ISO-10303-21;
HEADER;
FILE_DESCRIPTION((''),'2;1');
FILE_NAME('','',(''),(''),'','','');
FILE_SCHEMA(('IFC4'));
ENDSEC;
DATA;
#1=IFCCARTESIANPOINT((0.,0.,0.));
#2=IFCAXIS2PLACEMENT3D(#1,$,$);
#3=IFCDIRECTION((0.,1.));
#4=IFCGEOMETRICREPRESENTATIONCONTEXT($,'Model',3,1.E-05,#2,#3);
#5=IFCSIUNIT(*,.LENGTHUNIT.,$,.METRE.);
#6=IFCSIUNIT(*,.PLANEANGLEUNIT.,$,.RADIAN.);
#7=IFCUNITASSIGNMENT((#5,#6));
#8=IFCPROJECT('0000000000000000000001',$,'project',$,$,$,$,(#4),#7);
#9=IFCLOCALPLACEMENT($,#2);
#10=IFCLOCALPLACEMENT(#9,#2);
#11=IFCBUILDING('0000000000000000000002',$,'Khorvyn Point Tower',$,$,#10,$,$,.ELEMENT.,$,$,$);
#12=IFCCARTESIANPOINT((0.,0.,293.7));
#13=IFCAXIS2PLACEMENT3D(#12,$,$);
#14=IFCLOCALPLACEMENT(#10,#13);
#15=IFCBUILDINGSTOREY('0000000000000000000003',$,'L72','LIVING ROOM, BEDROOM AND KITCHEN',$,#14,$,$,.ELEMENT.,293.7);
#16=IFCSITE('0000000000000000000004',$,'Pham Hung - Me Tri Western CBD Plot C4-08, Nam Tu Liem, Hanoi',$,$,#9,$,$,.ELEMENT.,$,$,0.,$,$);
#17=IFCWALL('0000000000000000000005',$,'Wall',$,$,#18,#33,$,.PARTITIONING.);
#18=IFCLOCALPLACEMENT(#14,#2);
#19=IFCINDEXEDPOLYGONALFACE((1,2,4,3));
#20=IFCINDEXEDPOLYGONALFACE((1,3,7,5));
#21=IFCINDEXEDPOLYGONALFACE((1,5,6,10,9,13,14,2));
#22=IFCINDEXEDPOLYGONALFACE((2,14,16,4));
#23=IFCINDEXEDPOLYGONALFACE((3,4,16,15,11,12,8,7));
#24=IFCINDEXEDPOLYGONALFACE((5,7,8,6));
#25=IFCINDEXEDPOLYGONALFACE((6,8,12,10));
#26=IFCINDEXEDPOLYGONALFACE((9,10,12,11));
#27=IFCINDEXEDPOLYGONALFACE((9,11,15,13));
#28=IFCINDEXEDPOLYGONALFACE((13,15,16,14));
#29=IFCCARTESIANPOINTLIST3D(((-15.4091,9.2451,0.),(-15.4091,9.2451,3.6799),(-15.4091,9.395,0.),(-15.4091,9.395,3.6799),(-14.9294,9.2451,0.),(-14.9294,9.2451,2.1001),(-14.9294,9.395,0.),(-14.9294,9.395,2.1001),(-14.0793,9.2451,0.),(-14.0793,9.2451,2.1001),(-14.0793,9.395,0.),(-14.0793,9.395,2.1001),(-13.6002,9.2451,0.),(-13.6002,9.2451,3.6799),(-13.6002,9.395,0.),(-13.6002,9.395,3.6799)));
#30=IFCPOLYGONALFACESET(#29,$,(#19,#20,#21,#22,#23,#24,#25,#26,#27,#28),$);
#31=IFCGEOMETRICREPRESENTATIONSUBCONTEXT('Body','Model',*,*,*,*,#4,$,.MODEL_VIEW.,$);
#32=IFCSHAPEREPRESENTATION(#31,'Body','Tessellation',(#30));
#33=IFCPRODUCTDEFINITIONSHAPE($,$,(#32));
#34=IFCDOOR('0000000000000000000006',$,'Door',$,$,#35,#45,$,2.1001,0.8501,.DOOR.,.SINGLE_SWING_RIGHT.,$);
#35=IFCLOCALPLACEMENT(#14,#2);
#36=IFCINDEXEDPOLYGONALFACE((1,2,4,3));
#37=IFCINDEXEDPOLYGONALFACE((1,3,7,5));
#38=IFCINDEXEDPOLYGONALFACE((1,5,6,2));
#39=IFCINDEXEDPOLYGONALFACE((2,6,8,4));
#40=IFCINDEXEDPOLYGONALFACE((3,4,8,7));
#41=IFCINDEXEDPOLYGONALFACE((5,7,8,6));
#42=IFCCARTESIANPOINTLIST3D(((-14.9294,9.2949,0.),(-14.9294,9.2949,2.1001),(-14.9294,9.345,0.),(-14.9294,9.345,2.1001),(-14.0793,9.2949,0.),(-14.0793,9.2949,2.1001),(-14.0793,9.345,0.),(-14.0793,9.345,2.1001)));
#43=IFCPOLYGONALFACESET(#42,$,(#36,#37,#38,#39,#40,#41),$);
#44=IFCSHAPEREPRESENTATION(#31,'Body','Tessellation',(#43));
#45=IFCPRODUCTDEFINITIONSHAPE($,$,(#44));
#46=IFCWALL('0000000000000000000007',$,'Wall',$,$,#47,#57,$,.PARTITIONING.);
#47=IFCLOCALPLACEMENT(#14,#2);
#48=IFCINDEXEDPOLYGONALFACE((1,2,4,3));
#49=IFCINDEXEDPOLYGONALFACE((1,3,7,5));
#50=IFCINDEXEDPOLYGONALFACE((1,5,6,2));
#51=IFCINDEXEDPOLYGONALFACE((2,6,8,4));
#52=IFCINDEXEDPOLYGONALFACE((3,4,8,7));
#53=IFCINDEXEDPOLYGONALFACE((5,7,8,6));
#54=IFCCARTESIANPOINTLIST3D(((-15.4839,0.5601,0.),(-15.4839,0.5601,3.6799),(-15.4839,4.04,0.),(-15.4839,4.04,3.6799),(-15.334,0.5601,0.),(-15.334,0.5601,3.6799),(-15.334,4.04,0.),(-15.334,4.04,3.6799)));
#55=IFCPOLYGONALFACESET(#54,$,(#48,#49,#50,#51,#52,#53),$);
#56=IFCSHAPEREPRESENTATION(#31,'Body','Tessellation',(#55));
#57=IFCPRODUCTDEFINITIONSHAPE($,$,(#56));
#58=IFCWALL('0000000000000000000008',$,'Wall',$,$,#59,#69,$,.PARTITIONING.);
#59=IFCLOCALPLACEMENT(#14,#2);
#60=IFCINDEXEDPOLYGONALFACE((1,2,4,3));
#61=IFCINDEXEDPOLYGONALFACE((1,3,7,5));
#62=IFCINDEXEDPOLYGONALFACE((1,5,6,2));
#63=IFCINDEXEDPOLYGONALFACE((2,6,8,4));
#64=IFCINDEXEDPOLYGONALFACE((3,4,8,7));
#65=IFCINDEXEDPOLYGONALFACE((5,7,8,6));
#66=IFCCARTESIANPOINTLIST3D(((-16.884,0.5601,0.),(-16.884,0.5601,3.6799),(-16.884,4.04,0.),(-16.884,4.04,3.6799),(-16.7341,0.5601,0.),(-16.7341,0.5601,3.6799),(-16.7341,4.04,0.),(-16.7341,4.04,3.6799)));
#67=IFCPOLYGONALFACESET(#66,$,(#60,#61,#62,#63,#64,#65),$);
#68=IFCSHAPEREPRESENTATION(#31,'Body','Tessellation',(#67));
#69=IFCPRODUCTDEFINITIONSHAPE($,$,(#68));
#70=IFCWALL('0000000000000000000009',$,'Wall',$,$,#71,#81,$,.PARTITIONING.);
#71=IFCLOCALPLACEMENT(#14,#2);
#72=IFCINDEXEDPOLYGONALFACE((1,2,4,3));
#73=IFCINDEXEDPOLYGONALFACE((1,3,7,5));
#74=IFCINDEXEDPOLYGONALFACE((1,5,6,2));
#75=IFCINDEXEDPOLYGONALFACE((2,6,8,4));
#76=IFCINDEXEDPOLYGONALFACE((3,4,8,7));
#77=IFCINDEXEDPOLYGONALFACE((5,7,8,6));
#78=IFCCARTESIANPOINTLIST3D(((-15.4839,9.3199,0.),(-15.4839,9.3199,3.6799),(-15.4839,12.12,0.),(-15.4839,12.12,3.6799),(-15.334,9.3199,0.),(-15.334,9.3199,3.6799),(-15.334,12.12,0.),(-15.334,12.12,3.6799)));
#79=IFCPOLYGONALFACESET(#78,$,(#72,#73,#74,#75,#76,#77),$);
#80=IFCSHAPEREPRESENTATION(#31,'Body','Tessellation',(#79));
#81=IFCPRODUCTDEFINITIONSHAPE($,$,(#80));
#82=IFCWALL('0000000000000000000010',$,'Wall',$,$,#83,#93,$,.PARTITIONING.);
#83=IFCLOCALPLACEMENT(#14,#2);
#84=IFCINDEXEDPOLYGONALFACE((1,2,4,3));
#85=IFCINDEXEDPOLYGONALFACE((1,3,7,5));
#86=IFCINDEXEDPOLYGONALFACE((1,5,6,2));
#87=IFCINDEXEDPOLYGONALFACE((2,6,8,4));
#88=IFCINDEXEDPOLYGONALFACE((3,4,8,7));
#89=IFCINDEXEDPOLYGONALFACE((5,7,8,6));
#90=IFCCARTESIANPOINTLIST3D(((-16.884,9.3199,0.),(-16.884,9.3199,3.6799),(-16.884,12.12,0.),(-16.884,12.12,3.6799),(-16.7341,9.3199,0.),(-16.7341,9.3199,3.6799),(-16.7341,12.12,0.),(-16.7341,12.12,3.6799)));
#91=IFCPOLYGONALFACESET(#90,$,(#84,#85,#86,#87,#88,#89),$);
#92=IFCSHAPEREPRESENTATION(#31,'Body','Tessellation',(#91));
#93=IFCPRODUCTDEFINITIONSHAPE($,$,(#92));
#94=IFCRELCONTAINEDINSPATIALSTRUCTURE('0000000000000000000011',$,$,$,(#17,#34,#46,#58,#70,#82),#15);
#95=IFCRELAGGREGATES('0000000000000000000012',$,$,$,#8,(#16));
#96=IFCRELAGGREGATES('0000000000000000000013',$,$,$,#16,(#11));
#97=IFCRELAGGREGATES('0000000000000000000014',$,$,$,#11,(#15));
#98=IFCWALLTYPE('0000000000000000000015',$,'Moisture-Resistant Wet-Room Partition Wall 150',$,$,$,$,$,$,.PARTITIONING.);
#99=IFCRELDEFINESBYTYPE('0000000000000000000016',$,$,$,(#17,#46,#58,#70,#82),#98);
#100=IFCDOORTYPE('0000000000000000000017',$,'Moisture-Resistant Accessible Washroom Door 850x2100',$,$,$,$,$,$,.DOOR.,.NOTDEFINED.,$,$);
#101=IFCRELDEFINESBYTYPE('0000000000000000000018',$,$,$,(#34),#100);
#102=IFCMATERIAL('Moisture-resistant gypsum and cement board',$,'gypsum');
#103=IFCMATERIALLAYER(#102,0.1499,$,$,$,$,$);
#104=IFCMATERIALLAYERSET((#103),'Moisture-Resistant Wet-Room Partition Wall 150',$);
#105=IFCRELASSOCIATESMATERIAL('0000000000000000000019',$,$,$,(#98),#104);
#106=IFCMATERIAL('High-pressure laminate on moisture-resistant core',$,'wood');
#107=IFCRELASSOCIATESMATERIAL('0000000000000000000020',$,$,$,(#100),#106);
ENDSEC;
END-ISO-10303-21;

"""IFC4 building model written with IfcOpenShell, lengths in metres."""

from ifc_helpers import new_model, si_unit, direction, frame, frame_2d, origin, place, context, subcontext, project, spatial, rectangle, extrude, material, layer, layer_set, type_object, element, fill, save


model = new_model("IFC4")

# Units and contexts
model_context = context("Model", 3, precision=1e-05, world=origin(), true_north=direction((0.0, 1.0)))
body_context = subcontext(model_context, "Body", "Model", "MODEL_VIEW")
ifc_project = project(units=[si_unit("LENGTHUNIT", "METRE"), si_unit("PLANEANGLEUNIT", "RADIAN")], contexts=[model_context])

# Site, building, storey
site_placement = place(None, origin())
site = spatial("IfcSite", under=ifc_project, at=site_placement, Name="Pham Hung - Me Tri Western CBD Plot C4-08, Nam Tu Liem, Hanoi", CompositionType="ELEMENT", RefElevation=0.0)
building_placement = place(site_placement, origin())
building = spatial("IfcBuilding", under=site, at=building_placement, Name="Khorvyn Point Tower", CompositionType="ELEMENT")
storey_placement = place(building_placement, frame((0.0, 0.0, 293.7)))
storey = spatial("IfcBuildingStorey", under=building, at=storey_placement, Name="L72", Description="LIVING ROOM, BEDROOM AND KITCHEN", CompositionType="ELEMENT", Elevation=293.7)

# Wall, opening, door
ifc_material_1 = material(Name="Moisture-resistant gypsum and cement board", Category="gypsum")
ifc_layer_1 = layer(ifc_material_1, 0.1499)
ifc_layer_set_1 = layer_set([ifc_layer_1], Name="Moisture-Resistant Wet-Room Partition Wall 150")
wall_type_1 = type_object("IfcWallType", Name="Moisture-Resistant Wet-Room Partition Wall 150", PredefinedType="PARTITIONING", material=ifc_layer_set_1)
ifc_material_2 = material(Name="High-pressure laminate on moisture-resistant core", Category="wood")
door_type_1 = type_object("IfcDoorType", Name="Moisture-Resistant Accessible Washroom Door 850x2100", OperationType="NOTDEFINED", PredefinedType="DOOR", material=ifc_material_2)
wall_1_placement = place(storey_placement, frame((-15.4089, 9.3201, 0.0), z_axis=(0.0, 0.0, 1.0), x_axis=(1.0, 0.0, 0.0)))
wall_1 = element("IfcWall", 1, at=wall_1_placement, inside=storey, type_object=wall_type_1, Name="Wall", PredefinedType="PARTITIONING", context=body_context, shape_type="SweptSolid", body=[
    extrude(rectangle(XDim=1.8088, YDim=0.1499, at=frame_2d((0.9043, 0.0))), origin(), (0.0, 0.0, 1.0), 3.6799),
])
opening_1_placement = place(wall_1_placement, frame((0.4795, 0.0, 0.0)))
opening_1 = element("IfcOpeningElement", 2, at=opening_1_placement, cuts=wall_1, PredefinedType="OPENING", context=body_context, shape_type="SweptSolid", body=[
    extrude(rectangle(XDim=0.8501, YDim=2.1001, at=frame_2d((0.425, 1.05))), frame((0.0, 0.085, 0.0), z_axis=(0.0, -1.0, 0.0), x_axis=(1.0, 0.0, 0.0)), (0.0, 0.0, 1.0), 0.1699),
])
door_1_placement = place(opening_1_placement, origin())
door_1 = element("IfcDoor", 3, at=door_1_placement, inside=storey, type_object=door_type_1, Name="Door", OperationType="SINGLE_SWING_RIGHT", OverallHeight=2.1001, OverallWidth=0.8501, PredefinedType="DOOR", context=body_context, shape_type="SweptSolid", body=[
    extrude(rectangle(XDim=0.8501, YDim=2.1001, at=frame_2d((0.425, 1.05))), frame((0.0, 0.0249, 0.0), z_axis=(0.0, -1.0, 0.0), x_axis=(1.0, 0.0, 0.0)), (0.0, 0.0, 1.0), 0.05),
])
fill(opening_1, door_1)

# Walls
for number, where, z_axis, x_axis, name in (
    (4, (-15.4089, 0.5601, 0.0), (0.0, 0.0, 1.0), (0.0, 1.0, 0.0), "Wall"),
    (5, (-16.8091, 0.5601, 0.0), (0.0, 0.0, 1.0), (0.0, 1.0, 0.0), "Wall"),
):
    element("IfcWall", number, at=place(storey_placement, frame(where, z_axis=z_axis, x_axis=x_axis)), inside=storey, type_object=wall_type_1, Name=name, PredefinedType="PARTITIONING", context=body_context, shape_type="SweptSolid", body=[
        extrude(rectangle(XDim=3.48, YDim=0.1499, at=frame_2d((1.74, 0.0))), origin(), (0.0, 0.0, 1.0), 3.6799),
    ])
for number, where, z_axis, x_axis, name in (
    (6, (-15.4089, 9.3201, 0.0), (0.0, 0.0, 1.0), (0.0, 1.0, 0.0), "Wall"),
    (7, (-16.8091, 9.3201, 0.0), (0.0, 0.0, 1.0), (0.0, 1.0, 0.0), "Wall"),
):
    element("IfcWall", number, at=place(storey_placement, frame(where, z_axis=z_axis, x_axis=x_axis)), inside=storey, type_object=wall_type_1, Name=name, PredefinedType="PARTITIONING", context=body_context, shape_type="SweptSolid", body=[
        extrude(rectangle(XDim=2.8, YDim=0.1499, at=frame_2d((1.3999, 0.0))), origin(), (0.0, 0.0, 1.0), 3.6799),
    ])

save(model, "model.ifc")
